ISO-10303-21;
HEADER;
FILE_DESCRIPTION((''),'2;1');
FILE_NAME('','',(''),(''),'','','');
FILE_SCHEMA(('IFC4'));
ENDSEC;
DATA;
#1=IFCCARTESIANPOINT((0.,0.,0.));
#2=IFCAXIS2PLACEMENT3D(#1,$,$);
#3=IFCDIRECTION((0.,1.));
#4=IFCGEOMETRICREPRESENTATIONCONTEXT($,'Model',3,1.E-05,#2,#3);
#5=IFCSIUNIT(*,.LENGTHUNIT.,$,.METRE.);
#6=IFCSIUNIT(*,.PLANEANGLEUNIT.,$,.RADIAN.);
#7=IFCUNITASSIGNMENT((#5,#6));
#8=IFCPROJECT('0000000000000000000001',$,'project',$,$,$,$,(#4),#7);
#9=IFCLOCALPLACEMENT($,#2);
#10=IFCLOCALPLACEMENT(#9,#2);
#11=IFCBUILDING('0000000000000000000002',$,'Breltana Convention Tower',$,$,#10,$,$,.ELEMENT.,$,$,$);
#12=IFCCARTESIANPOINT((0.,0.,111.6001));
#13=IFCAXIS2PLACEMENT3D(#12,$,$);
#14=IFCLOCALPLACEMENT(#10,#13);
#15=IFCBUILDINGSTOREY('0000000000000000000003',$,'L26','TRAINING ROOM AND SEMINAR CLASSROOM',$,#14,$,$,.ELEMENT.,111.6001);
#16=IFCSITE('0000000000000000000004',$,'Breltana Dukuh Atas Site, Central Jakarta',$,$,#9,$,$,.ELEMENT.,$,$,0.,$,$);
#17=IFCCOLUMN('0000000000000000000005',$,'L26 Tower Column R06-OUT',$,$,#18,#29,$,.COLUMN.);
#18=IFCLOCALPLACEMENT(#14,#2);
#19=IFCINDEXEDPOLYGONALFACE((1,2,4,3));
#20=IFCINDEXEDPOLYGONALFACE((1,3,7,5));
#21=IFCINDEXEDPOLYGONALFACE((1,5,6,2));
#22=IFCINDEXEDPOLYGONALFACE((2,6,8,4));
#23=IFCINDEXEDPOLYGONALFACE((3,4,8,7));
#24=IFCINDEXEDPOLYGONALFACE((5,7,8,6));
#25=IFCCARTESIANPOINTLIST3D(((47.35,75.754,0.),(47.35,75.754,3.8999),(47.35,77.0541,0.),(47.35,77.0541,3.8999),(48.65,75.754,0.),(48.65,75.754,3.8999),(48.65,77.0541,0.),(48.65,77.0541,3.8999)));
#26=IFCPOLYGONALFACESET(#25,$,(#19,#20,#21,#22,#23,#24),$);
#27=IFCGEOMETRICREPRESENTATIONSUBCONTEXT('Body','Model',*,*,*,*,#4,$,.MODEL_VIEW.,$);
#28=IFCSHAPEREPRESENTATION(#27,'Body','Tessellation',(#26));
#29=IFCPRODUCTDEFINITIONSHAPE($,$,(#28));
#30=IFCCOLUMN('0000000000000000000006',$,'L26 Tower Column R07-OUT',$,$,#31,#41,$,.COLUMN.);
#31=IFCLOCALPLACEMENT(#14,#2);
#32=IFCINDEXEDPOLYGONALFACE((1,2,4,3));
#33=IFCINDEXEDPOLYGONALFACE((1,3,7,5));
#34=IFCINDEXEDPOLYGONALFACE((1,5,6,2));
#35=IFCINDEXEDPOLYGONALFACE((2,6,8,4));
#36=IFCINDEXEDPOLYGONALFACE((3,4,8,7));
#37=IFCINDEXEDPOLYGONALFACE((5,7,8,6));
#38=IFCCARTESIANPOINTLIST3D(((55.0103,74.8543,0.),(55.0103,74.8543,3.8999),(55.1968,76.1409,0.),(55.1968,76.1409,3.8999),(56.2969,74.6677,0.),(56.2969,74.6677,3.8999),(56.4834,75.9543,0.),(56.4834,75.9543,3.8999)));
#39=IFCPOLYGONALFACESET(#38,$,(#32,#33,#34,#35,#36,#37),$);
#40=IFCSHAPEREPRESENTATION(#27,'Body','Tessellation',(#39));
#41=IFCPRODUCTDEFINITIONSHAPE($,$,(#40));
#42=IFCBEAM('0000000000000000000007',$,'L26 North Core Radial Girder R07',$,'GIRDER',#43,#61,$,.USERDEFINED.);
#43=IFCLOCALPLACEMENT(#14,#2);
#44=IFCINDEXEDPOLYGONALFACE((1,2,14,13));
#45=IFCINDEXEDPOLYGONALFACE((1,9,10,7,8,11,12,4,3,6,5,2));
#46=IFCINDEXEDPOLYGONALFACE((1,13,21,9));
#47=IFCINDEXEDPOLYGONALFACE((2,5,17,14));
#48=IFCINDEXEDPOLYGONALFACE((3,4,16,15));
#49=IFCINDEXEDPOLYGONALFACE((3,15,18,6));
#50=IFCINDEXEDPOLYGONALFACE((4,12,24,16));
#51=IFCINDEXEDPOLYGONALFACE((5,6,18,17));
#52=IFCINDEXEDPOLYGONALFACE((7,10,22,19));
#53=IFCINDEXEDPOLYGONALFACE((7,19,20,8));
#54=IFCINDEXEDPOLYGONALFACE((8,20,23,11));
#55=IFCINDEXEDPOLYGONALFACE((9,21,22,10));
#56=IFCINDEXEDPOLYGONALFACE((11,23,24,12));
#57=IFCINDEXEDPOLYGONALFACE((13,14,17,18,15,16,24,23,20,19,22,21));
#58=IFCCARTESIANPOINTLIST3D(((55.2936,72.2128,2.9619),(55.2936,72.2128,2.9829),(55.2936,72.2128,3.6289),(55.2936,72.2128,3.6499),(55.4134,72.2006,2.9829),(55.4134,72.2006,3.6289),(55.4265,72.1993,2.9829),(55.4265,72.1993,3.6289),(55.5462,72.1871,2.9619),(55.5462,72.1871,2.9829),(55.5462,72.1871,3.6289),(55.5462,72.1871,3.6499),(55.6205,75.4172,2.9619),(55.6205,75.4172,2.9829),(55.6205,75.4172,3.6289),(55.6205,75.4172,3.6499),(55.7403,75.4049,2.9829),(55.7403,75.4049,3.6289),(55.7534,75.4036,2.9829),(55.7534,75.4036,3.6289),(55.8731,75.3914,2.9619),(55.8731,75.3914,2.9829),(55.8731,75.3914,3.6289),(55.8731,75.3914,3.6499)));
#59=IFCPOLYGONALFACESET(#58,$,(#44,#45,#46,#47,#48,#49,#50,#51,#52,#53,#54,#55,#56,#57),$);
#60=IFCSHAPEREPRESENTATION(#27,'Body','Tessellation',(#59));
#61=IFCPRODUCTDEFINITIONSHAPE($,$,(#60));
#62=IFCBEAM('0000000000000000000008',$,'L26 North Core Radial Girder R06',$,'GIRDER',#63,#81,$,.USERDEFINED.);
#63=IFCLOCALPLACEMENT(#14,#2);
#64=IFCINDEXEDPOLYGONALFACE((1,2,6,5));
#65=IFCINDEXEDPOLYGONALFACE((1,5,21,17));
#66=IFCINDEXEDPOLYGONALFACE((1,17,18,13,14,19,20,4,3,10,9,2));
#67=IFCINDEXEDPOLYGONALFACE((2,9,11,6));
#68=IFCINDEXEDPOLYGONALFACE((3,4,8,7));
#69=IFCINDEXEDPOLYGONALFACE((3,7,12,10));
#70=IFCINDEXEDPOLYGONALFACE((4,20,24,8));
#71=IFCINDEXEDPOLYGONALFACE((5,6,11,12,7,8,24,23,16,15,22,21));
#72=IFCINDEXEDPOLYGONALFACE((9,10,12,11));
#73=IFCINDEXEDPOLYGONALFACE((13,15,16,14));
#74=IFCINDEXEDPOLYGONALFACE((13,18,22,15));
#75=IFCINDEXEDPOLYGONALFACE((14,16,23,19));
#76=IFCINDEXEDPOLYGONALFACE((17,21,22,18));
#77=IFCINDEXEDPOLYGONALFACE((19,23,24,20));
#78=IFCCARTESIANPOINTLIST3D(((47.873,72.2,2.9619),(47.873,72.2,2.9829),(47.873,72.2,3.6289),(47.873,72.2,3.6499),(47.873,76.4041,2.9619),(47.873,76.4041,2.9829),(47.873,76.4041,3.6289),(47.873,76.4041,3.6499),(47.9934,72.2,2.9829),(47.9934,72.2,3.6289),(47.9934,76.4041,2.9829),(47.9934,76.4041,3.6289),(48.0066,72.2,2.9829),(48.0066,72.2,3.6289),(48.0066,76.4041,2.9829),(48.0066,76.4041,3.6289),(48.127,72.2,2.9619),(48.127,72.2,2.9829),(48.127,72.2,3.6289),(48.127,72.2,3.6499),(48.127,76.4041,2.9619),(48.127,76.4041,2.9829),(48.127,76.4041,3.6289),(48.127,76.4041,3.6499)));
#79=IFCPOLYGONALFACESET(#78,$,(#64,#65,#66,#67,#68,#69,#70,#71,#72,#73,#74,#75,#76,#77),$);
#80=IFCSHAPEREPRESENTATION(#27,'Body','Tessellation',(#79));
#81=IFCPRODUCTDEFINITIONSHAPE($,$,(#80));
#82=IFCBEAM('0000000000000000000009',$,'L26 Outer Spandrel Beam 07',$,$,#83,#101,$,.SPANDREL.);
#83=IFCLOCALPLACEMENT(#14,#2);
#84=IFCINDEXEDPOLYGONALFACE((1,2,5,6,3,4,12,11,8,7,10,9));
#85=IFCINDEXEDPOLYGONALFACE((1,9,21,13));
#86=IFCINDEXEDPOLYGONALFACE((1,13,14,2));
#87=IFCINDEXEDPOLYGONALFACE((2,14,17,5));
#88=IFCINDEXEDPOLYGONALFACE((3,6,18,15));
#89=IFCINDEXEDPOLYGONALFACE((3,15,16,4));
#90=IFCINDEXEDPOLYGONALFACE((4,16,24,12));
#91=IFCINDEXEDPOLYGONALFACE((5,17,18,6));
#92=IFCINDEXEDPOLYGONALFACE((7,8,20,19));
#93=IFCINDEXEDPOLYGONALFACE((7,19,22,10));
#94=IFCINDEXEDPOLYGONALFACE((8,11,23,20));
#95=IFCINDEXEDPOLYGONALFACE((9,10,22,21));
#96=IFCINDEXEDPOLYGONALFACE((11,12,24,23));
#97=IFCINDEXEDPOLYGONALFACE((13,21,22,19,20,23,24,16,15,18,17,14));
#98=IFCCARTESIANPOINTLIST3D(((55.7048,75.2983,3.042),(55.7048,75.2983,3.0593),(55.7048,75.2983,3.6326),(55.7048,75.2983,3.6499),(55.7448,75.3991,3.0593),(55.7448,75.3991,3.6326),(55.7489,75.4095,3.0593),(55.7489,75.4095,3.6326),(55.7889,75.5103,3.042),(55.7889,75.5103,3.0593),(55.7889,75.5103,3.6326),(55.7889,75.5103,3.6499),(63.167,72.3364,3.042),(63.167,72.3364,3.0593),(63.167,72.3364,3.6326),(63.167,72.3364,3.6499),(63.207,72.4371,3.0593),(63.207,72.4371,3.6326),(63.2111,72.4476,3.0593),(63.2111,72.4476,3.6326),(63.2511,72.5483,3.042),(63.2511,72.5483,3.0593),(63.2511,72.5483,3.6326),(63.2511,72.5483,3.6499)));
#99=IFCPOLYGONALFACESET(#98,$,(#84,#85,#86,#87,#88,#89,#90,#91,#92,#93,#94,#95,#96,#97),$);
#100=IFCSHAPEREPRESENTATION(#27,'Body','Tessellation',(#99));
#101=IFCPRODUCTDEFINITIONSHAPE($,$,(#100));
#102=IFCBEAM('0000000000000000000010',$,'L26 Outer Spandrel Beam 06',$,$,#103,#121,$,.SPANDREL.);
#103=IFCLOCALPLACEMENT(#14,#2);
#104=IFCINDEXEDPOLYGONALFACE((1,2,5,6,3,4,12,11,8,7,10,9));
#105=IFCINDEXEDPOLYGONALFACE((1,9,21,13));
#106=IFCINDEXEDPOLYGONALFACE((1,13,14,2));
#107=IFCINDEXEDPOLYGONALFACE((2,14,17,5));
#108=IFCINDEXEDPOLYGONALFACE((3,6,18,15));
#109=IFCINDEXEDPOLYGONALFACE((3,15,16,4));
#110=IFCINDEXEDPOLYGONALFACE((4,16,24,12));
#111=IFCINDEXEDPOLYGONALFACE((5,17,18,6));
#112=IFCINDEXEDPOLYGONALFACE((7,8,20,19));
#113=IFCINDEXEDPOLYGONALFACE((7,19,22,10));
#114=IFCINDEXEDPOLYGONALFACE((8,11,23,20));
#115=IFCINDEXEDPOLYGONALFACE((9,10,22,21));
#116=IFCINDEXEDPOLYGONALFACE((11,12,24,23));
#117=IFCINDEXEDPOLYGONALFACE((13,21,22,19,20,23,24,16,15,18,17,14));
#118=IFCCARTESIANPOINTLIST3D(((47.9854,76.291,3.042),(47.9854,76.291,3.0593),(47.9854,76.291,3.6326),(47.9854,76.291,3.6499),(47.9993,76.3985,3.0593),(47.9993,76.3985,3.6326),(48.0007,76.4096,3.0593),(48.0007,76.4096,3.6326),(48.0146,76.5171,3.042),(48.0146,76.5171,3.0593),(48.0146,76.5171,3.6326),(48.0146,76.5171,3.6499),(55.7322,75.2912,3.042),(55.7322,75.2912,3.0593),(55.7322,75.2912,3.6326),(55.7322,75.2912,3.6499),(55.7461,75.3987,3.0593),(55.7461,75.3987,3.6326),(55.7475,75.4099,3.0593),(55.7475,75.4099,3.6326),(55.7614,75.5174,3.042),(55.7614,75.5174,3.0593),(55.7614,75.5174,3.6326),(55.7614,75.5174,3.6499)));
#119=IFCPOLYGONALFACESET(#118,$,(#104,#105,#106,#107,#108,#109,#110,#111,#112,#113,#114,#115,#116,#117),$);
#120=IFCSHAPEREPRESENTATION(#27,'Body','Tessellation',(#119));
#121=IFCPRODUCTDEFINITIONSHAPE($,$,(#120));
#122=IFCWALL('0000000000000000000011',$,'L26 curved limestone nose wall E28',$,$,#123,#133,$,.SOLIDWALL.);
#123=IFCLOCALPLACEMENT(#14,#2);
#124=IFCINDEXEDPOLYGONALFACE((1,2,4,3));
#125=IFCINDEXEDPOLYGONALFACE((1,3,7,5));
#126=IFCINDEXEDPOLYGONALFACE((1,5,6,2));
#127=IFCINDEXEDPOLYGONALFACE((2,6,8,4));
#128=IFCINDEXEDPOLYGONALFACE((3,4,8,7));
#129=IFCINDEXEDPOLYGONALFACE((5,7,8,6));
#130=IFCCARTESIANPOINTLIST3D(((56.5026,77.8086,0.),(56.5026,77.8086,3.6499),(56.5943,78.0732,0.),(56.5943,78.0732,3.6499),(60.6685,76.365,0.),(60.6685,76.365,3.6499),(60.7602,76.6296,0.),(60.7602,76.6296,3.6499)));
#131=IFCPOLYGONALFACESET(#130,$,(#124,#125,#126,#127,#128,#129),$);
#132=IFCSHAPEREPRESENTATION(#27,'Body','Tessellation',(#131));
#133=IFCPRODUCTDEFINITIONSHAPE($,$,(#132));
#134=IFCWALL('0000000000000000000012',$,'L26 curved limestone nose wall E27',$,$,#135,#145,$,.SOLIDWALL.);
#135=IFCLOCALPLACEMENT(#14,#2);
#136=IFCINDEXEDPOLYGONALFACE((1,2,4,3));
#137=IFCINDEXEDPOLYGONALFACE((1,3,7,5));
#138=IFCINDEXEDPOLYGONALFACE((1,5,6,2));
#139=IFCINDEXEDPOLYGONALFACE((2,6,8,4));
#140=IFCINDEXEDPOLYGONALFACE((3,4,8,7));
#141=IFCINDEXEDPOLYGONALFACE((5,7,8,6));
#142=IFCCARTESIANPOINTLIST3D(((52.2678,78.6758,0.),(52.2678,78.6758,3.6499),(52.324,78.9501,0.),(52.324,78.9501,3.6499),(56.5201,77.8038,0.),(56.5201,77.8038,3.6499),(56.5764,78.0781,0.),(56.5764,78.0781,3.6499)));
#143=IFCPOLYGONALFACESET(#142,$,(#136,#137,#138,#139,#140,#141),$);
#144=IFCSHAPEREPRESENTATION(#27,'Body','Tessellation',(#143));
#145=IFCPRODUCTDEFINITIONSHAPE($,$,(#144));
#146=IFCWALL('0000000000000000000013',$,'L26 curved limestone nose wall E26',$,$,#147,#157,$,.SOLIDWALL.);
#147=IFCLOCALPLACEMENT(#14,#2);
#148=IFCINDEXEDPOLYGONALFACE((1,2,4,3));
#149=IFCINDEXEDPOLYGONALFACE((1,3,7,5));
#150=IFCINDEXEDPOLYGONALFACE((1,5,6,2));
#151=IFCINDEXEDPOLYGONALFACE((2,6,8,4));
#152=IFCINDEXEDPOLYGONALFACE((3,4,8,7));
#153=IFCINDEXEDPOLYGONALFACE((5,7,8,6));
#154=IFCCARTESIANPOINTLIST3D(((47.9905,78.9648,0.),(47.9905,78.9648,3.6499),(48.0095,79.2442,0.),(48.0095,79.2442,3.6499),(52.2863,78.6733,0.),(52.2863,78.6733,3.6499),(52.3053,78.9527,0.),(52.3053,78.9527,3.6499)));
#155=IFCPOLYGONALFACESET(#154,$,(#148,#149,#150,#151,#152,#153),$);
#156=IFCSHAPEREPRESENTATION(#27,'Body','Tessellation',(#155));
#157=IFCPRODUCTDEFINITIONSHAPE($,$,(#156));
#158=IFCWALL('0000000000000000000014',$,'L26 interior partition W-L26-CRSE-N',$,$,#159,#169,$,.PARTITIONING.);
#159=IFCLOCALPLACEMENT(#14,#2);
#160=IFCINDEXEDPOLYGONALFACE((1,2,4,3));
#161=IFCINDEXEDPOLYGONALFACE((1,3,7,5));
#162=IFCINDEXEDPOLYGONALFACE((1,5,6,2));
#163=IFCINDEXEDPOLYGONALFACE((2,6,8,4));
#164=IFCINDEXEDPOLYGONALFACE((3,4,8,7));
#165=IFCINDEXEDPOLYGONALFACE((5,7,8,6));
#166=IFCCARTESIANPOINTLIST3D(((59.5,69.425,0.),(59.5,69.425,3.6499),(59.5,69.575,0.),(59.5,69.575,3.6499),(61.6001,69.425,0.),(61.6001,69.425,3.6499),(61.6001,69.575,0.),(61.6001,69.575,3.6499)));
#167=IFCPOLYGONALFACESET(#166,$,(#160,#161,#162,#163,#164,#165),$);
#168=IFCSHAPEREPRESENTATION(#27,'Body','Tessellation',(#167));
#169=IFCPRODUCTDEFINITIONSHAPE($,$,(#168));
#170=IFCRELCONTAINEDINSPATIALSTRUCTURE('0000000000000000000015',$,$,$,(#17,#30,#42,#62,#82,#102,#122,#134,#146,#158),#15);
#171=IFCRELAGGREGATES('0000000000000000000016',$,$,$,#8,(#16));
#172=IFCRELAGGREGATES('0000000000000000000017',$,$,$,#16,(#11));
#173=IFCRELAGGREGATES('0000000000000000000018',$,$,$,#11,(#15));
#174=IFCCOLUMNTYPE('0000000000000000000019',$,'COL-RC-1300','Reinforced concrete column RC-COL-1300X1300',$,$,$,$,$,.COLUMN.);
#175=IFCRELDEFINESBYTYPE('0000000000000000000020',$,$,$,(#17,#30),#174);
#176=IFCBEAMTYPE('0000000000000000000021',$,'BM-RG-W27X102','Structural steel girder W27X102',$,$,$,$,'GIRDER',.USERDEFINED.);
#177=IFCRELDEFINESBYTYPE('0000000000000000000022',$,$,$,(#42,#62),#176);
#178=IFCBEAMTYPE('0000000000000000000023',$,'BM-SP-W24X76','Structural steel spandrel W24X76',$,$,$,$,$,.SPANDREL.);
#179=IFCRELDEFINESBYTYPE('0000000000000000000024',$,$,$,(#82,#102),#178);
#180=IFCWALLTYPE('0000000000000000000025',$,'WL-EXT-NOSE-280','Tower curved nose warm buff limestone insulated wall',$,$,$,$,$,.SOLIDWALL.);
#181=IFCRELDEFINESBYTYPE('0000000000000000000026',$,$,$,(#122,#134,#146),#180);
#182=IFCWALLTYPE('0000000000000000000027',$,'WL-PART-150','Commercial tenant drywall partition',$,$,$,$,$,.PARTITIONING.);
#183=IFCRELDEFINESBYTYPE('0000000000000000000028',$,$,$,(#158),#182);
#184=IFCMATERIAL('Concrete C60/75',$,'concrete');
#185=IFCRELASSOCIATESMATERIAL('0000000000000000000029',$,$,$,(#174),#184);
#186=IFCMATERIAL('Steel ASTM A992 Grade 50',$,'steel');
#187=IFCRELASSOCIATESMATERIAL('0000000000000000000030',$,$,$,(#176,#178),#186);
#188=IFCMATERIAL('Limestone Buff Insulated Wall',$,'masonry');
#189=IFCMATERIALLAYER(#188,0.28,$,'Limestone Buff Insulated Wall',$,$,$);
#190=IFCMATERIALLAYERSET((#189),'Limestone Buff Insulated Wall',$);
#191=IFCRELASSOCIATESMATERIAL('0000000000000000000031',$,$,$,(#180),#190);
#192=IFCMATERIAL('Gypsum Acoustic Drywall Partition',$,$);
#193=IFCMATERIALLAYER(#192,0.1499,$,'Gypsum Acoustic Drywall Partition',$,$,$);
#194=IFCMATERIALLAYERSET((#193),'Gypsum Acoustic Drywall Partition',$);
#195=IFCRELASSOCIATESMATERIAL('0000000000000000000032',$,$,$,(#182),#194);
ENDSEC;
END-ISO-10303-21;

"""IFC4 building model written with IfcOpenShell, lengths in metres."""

from ifc_helpers import new_model, si_unit, direction, frame, frame_2d, origin, origin_2d, place, context, subcontext, project, spatial, rectangle, i_section, extrude, source, transform, mapped, material, layer, layer_set, material_profile, profile_set, type_object, element, save


model = new_model("IFC4")

# Units and contexts
model_context = context("Model", 3, precision=1e-05, world=origin(), true_north=direction((0.0, 1.0)))
body_context = subcontext(model_context, "Body", "Model", "MODEL_VIEW")
ifc_project = project(units=[si_unit("LENGTHUNIT", "METRE"), si_unit("PLANEANGLEUNIT", "RADIAN")], contexts=[model_context])

# Site, building, storey
site_placement = place(None, origin())
site = spatial("IfcSite", under=ifc_project, at=site_placement, Name="Breltana Dukuh Atas Site, Central Jakarta", CompositionType="ELEMENT", RefElevation=0.0)
building_placement = place(site_placement, origin())
building = spatial("IfcBuilding", under=site, at=building_placement, Name="Breltana Convention Tower", CompositionType="ELEMENT")
storey_placement = place(building_placement, frame((0.0, 0.0, 111.6001)))
storey = spatial("IfcBuildingStorey", under=building, at=storey_placement, Name="L26", Description="TRAINING ROOM AND SEMINAR CLASSROOM", CompositionType="ELEMENT", Elevation=111.6001)

# Columns
ifc_material_1 = material(Name="Concrete C60/75", Category="concrete")
ifc_material_profile_1 = material_profile(ifc_material_1, rectangle(XDim=1.3, YDim=1.3, at=origin_2d()), Name="RC-COL-1300X1300")
ifc_profile_set_1 = profile_set([ifc_material_profile_1], Name="Concrete C60/75")
column_type = type_object("IfcColumnType", Name="COL-RC-1300", Description="Reinforced concrete column RC-COL-1300X1300", PredefinedType="COLUMN", material=ifc_profile_set_1)
shared_shape_1 = source(origin(), body_context, "Body", "SweptSolid", [
    extrude(rectangle(XDim=1.3, YDim=1.3, at=origin_2d()), origin(), (0.0, 0.0, 1.0), 3.8999),
])
for number, where, z_axis, x_axis, name in (
    (1, (48.0, 76.4041, 0.0), (0.0, 0.0, 1.0), (0.0, 1.0, 0.0), "L26 Tower Column R06-OUT"),
    (2, (55.7468, 75.4043, 0.0), (0.0, 0.0, 1.0), (0.143493, 0.989651, 0.0), "L26 Tower Column R07-OUT"),
):
    element("IfcColumn", number, at=place(storey_placement, frame(where, z_axis=z_axis, x_axis=x_axis)), inside=storey, type_object=column_type, Name=name, PredefinedType="COLUMN", context=body_context, shape_type="MappedRepresentation", body=[
        mapped(shared_shape_1, transform((0.0, 0.0, 0.0), scale=1.0)),
    ])

# Beams
ifc_material_2 = material(Name="Steel ASTM A992 Grade 50", Category="steel")
ifc_material_profile_2 = material_profile(ifc_material_2, i_section(OverallWidth=0.2539, OverallDepth=0.688, WebThickness=0.0132, FlangeThickness=0.021, at=origin_2d()), Name="W27X102")
ifc_profile_set_2 = profile_set([ifc_material_profile_2], Name="Steel ASTM A992 Grade 50")
beam_type_1 = type_object("IfcBeamType", Name="BM-RG-W27X102", Description="Structural steel girder W27X102", ElementType="GIRDER", PredefinedType="USERDEFINED", material=ifc_profile_set_2)
shared_shape_2 = source(origin(), body_context, "Body", "SweptSolid", [
    extrude(i_section(OverallWidth=0.2539, OverallDepth=0.688, WebThickness=0.0132, FlangeThickness=0.021, at=origin_2d()), origin(), (0.0, 0.0, 1.0), 3.2209),
])
beam_1_placement = place(storey_placement, frame((55.4199, 72.2, 3.3059), z_axis=(0.101492, 0.994836, 0.0), x_axis=(-0.994836, 0.101492, 0.0)))
element("IfcBeam", 3, at=beam_1_placement, inside=storey, type_object=beam_type_1, Name="L26 North Core Radial Girder R07", ObjectType="GIRDER", PredefinedType="USERDEFINED", context=body_context, shape_type="MappedRepresentation", body=[
    mapped(shared_shape_2, transform((0.0, 0.0, 0.0), scale=1.0)),
])
shared_shape_3 = source(origin(), body_context, "Body", "SweptSolid", [
    extrude(i_section(OverallWidth=0.2539, OverallDepth=0.688, WebThickness=0.0132, FlangeThickness=0.021, at=origin_2d()), origin(), (0.0, 0.0, 1.0), 4.2041),
])
beam_2_placement = place(storey_placement, frame((48.0, 72.2, 3.3059), z_axis=(0.0, 1.0, 0.0), x_axis=(-1.0, 0.0, 0.0)))
element("IfcBeam", 4, at=beam_2_placement, inside=storey, type_object=beam_type_1, Name="L26 North Core Radial Girder R06", ObjectType="GIRDER", PredefinedType="USERDEFINED", context=body_context, shape_type="MappedRepresentation", body=[
    mapped(shared_shape_3, transform((0.0, 0.0, 0.0), scale=1.0)),
])
ifc_material_profile_3 = material_profile(ifc_material_2, i_section(OverallWidth=0.228, OverallDepth=0.6079, WebThickness=0.0112, FlangeThickness=0.0173, at=origin_2d()), Name="W24X76")
ifc_profile_set_3 = profile_set([ifc_material_profile_3], Name="Steel ASTM A992 Grade 50")
beam_type_2 = type_object("IfcBeamType", Name="BM-SP-W24X76", Description="Structural steel spandrel W24X76", PredefinedType="SPANDREL", material=ifc_profile_set_3)
shared_shape_4 = source(origin(), body_context, "Body", "SweptSolid", [
    extrude(i_section(OverallWidth=0.228, OverallDepth=0.6079, WebThickness=0.0112, FlangeThickness=0.0173, at=origin_2d()), origin(), (0.0, 0.0, 1.0), 8.0286),
])
beam_3_placement = place(storey_placement, frame((55.7468, 75.4043, 3.3459), z_axis=(0.929459, -0.368925, 0.0), x_axis=(0.368925, 0.929459, 0.0)))
element("IfcBeam", 5, at=beam_3_placement, inside=storey, type_object=beam_type_2, Name="L26 Outer Spandrel Beam 07", PredefinedType="SPANDREL", context=body_context, shape_type="MappedRepresentation", body=[
    mapped(shared_shape_4, transform((0.0, 0.0, 0.0), scale=1.0)),
])
shared_shape_5 = source(origin(), body_context, "Body", "SweptSolid", [
    extrude(i_section(OverallWidth=0.228, OverallDepth=0.6079, WebThickness=0.0112, FlangeThickness=0.0173, at=origin_2d()), origin(), (0.0, 0.0, 1.0), 7.811),
])
beam_4_placement = place(storey_placement, frame((48.0, 76.4041, 3.3459), z_axis=(0.991775, -0.127992, 0.0), x_axis=(0.127992, 0.991775, 0.0)))
element("IfcBeam", 6, at=beam_4_placement, inside=storey, type_object=beam_type_2, Name="L26 Outer Spandrel Beam 06", PredefinedType="SPANDREL", context=body_context, shape_type="MappedRepresentation", body=[
    mapped(shared_shape_5, transform((0.0, 0.0, 0.0), scale=1.0)),
])

# Walls
ifc_material_3 = material(Name="Limestone Buff Insulated Wall", Category="masonry")
ifc_layer_1 = layer(ifc_material_3, 0.28, Name="Limestone Buff Insulated Wall")
ifc_layer_set_1 = layer_set([ifc_layer_1], Name="Limestone Buff Insulated Wall")
wall_type_1 = type_object("IfcWallType", Name="WL-EXT-NOSE-280", Description="Tower curved nose warm buff limestone insulated wall", PredefinedType="SOLIDWALL", material=ifc_layer_set_1)
shared_shape_6 = source(origin(), body_context, "Body", "SweptSolid", [
    extrude(rectangle(XDim=4.4089, YDim=0.28, at=frame_2d((2.2046, 0.0))), origin(), (0.0, 0.0, 1.0), 3.6499),
])
wall_1_placement = place(storey_placement, frame((56.5483, 77.9409, 0.0), z_axis=(0.0, 0.0, 1.0), x_axis=(0.944879, -0.327419, 0.0)))
element("IfcWall", 7, at=wall_1_placement, inside=storey, type_object=wall_type_1, Name="L26 curved limestone nose wall E28", PredefinedType="SOLIDWALL", context=body_context, shape_type="MappedRepresentation", body=[
    mapped(shared_shape_6, transform((0.0, 0.0, 0.0), scale=1.0)),
])
shared_shape_7 = source(origin(), body_context, "Body", "SweptSolid", [
    extrude(rectangle(XDim=4.3408, YDim=0.28, at=frame_2d((2.1704, 0.0))), origin(), (0.0, 0.0, 1.0), 3.6499),
])
wall_2_placement = place(storey_placement, frame((52.2959, 78.813, 0.0), z_axis=(0.0, 0.0, 1.0), x_axis=(0.979613, -0.200894, 0.0)))
element("IfcWall", 8, at=wall_2_placement, inside=storey, type_object=wall_type_1, Name="L26 curved limestone nose wall E27", PredefinedType="SOLIDWALL", context=body_context, shape_type="MappedRepresentation", body=[
    mapped(shared_shape_7, transform((0.0, 0.0, 0.0), scale=1.0)),
])
shared_shape_8 = source(origin(), body_context, "Body", "SweptSolid", [
    extrude(rectangle(XDim=4.3057, YDim=0.28, at=frame_2d((2.1528, 0.0))), origin(), (0.0, 0.0, 1.0), 3.6499),
])
wall_3_placement = place(storey_placement, frame((48.0, 79.1045, 0.0), z_axis=(0.0, 0.0, 1.0), x_axis=(0.997706, -0.067701, 0.0)))
element("IfcWall", 9, at=wall_3_placement, inside=storey, type_object=wall_type_1, Name="L26 curved limestone nose wall E26", PredefinedType="SOLIDWALL", context=body_context, shape_type="MappedRepresentation", body=[
    mapped(shared_shape_8, transform((0.0, 0.0, 0.0), scale=1.0)),
])

# Wall
ifc_material_4 = material(Name="Gypsum Acoustic Drywall Partition")
ifc_layer_2 = layer(ifc_material_4, 0.1499, Name="Gypsum Acoustic Drywall Partition")
ifc_layer_set_2 = layer_set([ifc_layer_2], Name="Gypsum Acoustic Drywall Partition")
wall_type_2 = type_object("IfcWallType", Name="WL-PART-150", Description="Commercial tenant drywall partition", PredefinedType="PARTITIONING", material=ifc_layer_set_2)
shared_shape_9 = source(origin(), body_context, "Body", "SweptSolid", [
    extrude(rectangle(XDim=2.1001, YDim=0.1499, at=frame_2d((1.05, 0.0))), origin(), (0.0, 0.0, 1.0), 3.6499),
])
wall_4_placement = place(storey_placement, frame((59.5, 69.5, 0.0), z_axis=(0.0, 0.0, 1.0), x_axis=(1.0, 0.0, 0.0)))
element("IfcWall", 10, at=wall_4_placement, inside=storey, type_object=wall_type_2, Name="L26 interior partition W-L26-CRSE-N", PredefinedType="PARTITIONING", context=body_context, shape_type="MappedRepresentation", body=[
    mapped(shared_shape_9, transform((0.0, 0.0, 0.0), scale=1.0)),
])

save(model, "model.ifc")
